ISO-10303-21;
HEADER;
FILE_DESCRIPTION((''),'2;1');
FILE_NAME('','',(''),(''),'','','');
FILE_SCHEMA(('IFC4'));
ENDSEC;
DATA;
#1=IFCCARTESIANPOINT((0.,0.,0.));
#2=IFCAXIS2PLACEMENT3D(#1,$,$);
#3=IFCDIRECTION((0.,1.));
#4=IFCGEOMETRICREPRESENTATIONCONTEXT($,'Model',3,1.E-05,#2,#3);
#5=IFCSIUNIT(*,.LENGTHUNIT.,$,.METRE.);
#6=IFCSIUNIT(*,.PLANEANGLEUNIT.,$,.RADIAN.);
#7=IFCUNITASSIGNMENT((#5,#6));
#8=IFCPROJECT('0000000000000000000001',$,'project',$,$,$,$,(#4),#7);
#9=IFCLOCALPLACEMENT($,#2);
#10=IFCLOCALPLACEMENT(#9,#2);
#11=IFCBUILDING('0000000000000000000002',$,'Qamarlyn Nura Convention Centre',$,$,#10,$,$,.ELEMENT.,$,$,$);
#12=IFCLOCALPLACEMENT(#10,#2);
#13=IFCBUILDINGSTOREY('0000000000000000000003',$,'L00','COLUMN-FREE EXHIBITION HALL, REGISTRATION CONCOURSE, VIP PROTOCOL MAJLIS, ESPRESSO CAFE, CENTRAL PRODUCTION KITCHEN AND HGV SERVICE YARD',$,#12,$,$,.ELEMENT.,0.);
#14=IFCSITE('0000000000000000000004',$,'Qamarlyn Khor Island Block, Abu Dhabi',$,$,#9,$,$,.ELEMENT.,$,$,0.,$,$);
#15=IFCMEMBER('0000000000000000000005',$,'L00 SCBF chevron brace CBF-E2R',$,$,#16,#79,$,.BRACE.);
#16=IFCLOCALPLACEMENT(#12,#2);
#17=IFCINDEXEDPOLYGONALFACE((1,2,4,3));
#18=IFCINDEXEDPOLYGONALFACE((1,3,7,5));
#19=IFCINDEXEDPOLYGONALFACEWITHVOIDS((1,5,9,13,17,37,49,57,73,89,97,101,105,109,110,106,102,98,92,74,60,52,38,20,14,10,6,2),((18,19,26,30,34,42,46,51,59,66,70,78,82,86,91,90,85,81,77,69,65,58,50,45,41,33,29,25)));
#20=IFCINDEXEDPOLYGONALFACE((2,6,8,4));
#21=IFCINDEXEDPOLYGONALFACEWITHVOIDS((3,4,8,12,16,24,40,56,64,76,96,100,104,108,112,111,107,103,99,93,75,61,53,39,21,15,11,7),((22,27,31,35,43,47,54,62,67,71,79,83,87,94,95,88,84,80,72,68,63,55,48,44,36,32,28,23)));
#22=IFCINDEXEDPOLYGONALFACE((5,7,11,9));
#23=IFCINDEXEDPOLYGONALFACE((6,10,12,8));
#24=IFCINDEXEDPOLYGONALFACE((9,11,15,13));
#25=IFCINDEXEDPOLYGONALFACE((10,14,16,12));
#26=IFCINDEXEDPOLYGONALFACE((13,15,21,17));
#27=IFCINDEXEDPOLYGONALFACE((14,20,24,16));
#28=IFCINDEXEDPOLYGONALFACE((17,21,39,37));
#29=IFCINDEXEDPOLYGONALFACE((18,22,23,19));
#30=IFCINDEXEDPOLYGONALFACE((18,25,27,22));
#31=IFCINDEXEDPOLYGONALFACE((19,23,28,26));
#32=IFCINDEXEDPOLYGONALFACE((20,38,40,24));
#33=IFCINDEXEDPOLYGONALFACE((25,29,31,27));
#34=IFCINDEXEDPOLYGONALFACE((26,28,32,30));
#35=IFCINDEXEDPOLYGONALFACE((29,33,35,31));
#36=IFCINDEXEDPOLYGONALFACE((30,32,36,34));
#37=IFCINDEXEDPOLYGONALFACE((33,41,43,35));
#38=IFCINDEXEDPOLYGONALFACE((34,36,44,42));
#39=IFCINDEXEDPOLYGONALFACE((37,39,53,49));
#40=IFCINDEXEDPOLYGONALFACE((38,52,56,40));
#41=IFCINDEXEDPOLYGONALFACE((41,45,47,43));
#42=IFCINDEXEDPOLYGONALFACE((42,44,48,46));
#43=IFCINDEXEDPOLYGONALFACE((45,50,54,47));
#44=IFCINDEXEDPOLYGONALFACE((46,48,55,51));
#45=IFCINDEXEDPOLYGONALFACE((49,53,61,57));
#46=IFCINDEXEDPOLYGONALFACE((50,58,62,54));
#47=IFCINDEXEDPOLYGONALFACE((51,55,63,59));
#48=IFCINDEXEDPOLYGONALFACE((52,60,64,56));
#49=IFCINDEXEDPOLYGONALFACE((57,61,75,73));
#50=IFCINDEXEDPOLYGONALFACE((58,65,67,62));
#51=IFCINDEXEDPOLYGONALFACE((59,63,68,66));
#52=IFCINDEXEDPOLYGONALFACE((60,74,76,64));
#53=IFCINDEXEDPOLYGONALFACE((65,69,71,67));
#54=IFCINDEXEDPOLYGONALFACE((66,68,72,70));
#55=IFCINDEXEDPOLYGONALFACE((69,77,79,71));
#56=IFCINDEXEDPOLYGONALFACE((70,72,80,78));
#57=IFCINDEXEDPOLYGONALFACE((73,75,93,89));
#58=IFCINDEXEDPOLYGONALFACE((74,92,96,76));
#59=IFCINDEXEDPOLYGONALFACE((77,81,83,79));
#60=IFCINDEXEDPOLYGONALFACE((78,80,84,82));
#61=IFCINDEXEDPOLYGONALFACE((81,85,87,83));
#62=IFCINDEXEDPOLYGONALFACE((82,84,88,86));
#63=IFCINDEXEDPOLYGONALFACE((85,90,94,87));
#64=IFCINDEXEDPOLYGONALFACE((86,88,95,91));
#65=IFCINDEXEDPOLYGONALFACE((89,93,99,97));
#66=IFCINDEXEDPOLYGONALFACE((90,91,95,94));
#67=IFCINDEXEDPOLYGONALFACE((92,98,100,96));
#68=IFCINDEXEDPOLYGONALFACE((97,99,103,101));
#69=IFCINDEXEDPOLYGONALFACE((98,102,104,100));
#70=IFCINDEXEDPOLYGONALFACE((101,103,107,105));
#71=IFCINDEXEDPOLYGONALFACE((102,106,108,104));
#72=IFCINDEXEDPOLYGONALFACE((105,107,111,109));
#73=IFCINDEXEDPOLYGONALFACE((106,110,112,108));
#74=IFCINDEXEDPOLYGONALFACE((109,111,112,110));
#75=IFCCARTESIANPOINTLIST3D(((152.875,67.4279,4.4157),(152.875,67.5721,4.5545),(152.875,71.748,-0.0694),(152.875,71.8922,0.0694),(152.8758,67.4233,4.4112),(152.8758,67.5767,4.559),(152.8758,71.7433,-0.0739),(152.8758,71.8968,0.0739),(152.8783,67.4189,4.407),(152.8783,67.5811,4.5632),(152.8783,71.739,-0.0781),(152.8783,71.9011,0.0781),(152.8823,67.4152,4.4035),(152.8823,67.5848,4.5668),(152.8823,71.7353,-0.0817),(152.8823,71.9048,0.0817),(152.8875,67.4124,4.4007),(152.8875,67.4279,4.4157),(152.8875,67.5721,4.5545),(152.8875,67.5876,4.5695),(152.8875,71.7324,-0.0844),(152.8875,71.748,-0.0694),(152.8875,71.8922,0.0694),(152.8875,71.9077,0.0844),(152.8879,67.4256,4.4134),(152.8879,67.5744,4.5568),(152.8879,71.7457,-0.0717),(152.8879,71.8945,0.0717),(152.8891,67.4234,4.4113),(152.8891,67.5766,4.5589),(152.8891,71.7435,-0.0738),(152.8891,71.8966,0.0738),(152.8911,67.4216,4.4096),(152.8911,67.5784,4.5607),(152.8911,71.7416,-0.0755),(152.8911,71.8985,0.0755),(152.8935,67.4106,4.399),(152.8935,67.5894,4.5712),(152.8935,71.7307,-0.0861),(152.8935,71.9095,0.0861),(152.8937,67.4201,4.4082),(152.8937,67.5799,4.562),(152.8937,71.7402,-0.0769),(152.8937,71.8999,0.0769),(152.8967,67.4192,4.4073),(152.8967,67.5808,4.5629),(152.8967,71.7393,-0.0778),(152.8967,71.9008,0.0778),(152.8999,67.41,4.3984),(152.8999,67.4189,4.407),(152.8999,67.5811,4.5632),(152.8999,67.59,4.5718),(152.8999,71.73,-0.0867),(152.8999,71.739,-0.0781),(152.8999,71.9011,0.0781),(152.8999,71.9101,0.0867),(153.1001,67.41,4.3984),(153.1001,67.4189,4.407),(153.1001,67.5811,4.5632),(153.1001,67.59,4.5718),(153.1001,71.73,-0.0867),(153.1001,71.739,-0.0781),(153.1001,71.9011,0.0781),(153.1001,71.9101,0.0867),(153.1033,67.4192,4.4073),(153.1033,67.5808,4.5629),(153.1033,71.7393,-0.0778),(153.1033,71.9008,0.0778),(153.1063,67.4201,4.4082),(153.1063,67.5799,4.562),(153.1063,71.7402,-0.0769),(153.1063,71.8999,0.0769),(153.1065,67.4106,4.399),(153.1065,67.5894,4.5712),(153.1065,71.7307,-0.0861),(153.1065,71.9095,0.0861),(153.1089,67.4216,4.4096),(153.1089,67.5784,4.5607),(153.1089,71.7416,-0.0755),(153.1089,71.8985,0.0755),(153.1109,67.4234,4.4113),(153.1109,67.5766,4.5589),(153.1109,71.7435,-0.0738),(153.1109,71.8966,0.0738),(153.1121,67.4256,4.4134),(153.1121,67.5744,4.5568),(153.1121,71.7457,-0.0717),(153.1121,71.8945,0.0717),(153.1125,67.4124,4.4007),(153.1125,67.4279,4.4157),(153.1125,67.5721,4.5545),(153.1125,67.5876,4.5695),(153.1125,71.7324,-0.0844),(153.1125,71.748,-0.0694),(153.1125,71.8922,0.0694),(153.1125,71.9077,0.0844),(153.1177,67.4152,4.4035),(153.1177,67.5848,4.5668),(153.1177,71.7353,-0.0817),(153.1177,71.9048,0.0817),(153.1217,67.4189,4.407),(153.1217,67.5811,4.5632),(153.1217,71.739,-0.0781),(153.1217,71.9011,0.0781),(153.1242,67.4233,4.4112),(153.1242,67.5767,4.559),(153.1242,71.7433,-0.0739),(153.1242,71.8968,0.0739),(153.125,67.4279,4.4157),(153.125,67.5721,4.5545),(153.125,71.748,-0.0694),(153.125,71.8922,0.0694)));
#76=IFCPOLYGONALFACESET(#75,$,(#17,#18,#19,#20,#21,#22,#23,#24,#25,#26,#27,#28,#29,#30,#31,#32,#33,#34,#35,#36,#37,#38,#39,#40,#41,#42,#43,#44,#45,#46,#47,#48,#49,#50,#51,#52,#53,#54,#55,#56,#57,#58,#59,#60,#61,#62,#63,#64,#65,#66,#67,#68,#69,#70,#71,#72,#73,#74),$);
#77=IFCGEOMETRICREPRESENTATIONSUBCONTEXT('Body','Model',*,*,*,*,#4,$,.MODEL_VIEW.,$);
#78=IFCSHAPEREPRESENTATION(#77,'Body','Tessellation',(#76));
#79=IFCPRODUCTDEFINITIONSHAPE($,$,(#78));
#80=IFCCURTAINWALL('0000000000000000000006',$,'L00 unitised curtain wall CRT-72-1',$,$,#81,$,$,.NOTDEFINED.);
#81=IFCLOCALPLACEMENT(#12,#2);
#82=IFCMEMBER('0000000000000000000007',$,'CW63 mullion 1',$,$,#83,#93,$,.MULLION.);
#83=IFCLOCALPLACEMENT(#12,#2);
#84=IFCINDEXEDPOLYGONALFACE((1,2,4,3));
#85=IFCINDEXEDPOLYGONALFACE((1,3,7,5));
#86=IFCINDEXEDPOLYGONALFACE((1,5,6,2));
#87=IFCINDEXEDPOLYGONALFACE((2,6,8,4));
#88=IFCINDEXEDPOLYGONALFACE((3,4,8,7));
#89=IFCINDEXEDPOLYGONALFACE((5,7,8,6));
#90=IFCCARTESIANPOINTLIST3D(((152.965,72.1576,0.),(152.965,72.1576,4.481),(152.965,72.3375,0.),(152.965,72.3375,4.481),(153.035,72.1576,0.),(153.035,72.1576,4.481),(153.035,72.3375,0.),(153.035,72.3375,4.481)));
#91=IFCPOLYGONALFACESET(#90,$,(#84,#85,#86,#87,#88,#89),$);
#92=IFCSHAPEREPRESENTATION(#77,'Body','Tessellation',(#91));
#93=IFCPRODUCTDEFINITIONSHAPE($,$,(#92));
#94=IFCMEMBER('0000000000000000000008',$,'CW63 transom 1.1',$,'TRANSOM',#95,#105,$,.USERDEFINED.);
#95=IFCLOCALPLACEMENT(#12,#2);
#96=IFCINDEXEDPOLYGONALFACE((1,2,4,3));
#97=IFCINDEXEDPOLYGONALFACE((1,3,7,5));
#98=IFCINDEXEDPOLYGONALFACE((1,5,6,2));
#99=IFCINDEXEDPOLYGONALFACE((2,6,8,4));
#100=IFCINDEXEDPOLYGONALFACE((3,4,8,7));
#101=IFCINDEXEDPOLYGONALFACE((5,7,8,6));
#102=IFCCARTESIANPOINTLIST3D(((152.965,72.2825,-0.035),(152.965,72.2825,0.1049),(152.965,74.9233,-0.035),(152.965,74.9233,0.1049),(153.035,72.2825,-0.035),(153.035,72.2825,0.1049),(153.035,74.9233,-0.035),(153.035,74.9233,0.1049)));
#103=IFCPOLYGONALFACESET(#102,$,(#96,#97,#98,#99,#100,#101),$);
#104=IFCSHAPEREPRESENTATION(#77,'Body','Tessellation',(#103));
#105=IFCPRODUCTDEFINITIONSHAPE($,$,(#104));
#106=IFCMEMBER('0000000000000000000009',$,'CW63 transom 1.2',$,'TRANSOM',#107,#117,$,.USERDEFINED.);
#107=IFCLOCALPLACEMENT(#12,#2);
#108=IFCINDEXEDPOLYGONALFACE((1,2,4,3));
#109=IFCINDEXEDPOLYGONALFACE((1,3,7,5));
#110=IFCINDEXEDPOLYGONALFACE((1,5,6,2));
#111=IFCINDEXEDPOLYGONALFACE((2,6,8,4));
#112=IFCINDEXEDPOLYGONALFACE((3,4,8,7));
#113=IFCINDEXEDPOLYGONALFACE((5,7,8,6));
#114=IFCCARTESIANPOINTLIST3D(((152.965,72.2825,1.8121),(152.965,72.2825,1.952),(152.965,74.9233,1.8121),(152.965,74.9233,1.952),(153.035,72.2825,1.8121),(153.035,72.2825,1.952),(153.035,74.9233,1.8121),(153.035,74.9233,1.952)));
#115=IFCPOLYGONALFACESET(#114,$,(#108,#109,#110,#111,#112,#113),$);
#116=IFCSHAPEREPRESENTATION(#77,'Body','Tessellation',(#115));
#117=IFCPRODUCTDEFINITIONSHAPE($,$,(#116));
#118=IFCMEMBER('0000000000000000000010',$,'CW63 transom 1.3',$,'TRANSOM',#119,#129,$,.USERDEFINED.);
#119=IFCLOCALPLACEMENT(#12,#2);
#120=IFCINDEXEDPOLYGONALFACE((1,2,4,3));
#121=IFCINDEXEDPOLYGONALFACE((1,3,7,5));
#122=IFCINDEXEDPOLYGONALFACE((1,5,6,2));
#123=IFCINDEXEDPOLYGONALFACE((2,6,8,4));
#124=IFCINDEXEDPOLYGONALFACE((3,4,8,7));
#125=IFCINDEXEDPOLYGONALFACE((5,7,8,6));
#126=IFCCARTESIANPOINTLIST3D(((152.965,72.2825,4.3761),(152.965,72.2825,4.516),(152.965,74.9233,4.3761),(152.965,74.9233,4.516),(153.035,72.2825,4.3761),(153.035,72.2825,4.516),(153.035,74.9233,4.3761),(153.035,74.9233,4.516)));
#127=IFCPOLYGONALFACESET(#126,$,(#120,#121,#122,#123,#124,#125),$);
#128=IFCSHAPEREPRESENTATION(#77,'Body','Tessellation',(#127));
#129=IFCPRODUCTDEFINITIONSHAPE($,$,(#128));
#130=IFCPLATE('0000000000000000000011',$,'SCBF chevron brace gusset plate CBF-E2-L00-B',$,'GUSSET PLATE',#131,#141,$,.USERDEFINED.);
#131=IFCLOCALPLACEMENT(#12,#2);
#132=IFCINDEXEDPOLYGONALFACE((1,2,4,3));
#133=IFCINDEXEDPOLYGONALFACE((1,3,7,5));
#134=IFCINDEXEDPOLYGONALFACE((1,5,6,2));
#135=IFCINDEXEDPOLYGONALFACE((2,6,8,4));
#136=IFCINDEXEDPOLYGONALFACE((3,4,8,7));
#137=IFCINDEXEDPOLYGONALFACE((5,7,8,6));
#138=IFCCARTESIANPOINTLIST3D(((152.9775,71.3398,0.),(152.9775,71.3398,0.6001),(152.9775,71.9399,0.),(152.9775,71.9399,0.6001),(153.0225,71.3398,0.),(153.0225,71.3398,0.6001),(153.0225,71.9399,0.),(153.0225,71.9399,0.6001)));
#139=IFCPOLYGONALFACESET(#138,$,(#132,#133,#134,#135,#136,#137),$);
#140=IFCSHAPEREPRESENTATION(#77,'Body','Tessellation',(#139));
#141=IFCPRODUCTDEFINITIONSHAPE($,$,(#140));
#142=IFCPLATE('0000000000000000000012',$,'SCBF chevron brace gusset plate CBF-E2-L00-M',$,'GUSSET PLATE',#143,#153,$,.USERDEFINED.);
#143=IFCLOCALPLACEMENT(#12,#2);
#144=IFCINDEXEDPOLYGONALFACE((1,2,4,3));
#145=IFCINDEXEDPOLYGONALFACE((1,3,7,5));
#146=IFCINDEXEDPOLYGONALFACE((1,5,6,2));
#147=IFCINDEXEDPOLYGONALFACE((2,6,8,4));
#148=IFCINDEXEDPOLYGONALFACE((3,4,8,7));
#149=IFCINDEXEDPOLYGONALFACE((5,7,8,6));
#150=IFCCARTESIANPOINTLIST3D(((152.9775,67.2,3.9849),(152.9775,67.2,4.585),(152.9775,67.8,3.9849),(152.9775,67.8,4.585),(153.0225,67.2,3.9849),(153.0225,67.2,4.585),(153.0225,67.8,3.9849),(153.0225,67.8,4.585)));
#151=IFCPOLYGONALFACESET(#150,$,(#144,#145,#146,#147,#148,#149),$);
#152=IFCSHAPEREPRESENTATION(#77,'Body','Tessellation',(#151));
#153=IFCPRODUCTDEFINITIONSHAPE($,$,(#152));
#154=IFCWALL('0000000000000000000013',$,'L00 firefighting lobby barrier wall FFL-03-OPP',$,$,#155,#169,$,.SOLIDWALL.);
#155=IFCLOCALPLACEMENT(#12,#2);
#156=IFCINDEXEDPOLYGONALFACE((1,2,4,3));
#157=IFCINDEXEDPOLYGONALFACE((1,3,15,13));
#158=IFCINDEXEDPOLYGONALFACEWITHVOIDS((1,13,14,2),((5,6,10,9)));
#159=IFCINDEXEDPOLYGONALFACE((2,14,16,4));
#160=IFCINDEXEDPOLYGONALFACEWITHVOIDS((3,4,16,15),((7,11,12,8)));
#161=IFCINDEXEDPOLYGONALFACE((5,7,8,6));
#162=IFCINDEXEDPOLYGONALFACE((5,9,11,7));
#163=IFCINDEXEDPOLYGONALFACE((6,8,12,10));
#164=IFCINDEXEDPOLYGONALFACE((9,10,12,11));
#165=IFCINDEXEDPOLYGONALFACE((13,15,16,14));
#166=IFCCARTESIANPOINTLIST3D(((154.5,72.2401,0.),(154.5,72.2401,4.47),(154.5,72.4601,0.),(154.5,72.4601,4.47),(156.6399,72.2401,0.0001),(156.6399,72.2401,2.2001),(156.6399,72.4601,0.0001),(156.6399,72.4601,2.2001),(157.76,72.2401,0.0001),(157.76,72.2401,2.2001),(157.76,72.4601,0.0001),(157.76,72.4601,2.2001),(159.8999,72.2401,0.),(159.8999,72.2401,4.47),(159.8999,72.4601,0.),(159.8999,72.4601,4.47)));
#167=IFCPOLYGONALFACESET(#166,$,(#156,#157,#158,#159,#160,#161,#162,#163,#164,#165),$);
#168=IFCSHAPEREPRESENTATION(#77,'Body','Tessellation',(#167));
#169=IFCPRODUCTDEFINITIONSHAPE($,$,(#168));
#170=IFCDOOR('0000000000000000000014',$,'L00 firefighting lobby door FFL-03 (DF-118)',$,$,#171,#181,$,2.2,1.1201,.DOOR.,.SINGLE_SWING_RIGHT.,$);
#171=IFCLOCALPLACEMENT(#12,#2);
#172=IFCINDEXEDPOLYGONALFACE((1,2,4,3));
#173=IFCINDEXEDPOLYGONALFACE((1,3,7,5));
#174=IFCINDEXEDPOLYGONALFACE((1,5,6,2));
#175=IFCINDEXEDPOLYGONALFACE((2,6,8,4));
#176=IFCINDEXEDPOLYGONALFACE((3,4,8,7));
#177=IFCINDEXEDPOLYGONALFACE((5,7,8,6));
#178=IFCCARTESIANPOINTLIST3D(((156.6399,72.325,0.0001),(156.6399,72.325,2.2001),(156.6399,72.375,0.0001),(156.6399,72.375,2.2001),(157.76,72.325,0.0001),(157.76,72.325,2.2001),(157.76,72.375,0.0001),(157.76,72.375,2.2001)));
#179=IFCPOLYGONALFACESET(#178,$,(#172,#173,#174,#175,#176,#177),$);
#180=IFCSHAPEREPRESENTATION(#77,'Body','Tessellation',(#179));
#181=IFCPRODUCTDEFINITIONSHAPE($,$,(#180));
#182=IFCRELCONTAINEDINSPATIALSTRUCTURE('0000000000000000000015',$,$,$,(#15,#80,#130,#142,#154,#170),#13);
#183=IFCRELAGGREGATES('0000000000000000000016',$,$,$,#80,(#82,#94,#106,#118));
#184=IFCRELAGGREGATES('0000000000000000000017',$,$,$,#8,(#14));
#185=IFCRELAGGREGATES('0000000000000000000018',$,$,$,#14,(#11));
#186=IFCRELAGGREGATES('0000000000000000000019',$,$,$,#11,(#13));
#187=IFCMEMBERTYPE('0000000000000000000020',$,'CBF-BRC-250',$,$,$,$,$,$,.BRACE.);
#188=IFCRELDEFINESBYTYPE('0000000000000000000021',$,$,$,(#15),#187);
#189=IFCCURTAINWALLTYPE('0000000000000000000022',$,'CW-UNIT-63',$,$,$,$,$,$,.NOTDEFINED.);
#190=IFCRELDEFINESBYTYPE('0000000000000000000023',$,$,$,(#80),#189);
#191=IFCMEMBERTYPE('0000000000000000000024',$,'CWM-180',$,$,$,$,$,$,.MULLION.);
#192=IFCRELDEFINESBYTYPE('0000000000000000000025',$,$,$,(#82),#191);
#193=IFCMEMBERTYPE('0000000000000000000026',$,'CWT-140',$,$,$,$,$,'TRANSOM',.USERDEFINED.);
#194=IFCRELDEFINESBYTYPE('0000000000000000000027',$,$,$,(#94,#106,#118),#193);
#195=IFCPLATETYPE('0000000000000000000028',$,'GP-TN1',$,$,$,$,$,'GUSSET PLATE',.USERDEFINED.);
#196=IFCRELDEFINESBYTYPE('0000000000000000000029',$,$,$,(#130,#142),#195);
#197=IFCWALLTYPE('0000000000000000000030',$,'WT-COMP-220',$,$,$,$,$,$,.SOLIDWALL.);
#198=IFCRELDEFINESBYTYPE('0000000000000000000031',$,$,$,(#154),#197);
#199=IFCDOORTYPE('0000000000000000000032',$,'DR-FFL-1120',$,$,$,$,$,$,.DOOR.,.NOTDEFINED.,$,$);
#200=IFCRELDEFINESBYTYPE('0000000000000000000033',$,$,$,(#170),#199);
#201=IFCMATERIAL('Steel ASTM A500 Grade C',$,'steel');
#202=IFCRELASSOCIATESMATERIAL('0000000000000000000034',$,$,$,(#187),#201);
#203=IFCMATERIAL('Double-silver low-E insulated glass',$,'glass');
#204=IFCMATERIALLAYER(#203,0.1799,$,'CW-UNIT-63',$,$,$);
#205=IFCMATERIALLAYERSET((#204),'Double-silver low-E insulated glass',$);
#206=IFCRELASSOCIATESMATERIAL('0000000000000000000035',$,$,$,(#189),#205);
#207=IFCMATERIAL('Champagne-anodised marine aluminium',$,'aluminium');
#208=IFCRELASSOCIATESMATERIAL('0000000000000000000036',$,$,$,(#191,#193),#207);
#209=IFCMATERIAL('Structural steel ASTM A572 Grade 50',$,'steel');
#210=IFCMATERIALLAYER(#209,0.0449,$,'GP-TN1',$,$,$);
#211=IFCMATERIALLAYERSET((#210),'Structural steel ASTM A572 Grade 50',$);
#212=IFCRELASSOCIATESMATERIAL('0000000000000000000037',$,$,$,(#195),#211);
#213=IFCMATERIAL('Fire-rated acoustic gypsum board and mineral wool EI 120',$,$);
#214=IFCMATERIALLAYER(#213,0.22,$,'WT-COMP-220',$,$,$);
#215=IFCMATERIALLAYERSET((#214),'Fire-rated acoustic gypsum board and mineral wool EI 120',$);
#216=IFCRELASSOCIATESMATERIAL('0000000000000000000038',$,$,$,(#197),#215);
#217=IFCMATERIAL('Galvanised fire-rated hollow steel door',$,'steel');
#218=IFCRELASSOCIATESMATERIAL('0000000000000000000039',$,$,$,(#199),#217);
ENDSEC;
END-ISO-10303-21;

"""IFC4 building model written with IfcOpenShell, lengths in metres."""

from ifc_helpers import new_model, si_unit, direction, frame, frame_2d, origin, origin_2d, place, context, subcontext, project, spatial, rectangle, hollow_rectangle, extrude, material, layer, layer_set, material_profile, profile_set, type_object, element, fill, aggregate, save


model = new_model("IFC4")

# Units and contexts
model_context = context("Model", 3, precision=1e-05, world=origin(), true_north=direction((0.0, 1.0)))
body_context = subcontext(model_context, "Body", "Model", "MODEL_VIEW")
ifc_project = project(units=[si_unit("LENGTHUNIT", "METRE"), si_unit("PLANEANGLEUNIT", "RADIAN")], contexts=[model_context])

# Site, building, storey
site_placement = place(None, origin())
site = spatial("IfcSite", under=ifc_project, at=site_placement, Name="Qamarlyn Khor Island Block, Abu Dhabi", CompositionType="ELEMENT", RefElevation=0.0)
building_placement = place(site_placement, origin())
building = spatial("IfcBuilding", under=site, at=building_placement, Name="Qamarlyn Nura Convention Centre", CompositionType="ELEMENT")
storey_placement = place(building_placement, origin())
storey = spatial("IfcBuildingStorey", under=building, at=storey_placement, Name="L00", Description="COLUMN-FREE EXHIBITION HALL, REGISTRATION CONCOURSE, VIP PROTOCOL MAJLIS, ESPRESSO CAFE, CENTRAL PRODUCTION KITCHEN AND HGV SERVICE YARD", CompositionType="ELEMENT", Elevation=0.0)

# Member
ifc_material_1 = material(Name="Steel ASTM A500 Grade C", Category="steel")
ifc_material_profile_1 = material_profile(ifc_material_1, hollow_rectangle(XDim=0.25, YDim=0.25, WallThickness=0.0125, InnerFilletRadius=0.0125, OuterFilletRadius=0.0249, at=origin_2d()), Name="HSS250X250X12.5")
ifc_profile_set_1 = profile_set([ifc_material_profile_1], Name="Steel ASTM A500 Grade C")
member_type_1 = type_object("IfcMemberType", Name="CBF-BRC-250", PredefinedType="BRACE", material=ifc_profile_set_1)
member_1_placement = place(storey_placement, frame((153.0, 71.8201, 0.0), z_axis=(0.0, -0.693731, 0.720234), x_axis=(1.0, 0.0, 0.0)))
element("IfcMember", 1, at=member_1_placement, inside=storey, type_object=member_type_1, Name="L00 SCBF chevron brace CBF-E2R", PredefinedType="BRACE", context=body_context, shape_type="SweptSolid", body=[
    extrude(hollow_rectangle(XDim=0.25, YDim=0.25, WallThickness=0.0125, InnerFilletRadius=0.0125, OuterFilletRadius=0.0249, at=origin_2d()), origin(), (0.0, 0.0, 1.0), 6.2273),
])

# Curtain wall, members
ifc_material_2 = material(Name="Double-silver low-E insulated glass", Category="glass")
ifc_layer_1 = layer(ifc_material_2, 0.1799, Name="CW-UNIT-63")
ifc_layer_set_1 = layer_set([ifc_layer_1], Name="Double-silver low-E insulated glass")
curtain_wall_type = type_object("IfcCurtainWallType", Name="CW-UNIT-63", PredefinedType="NOTDEFINED", material=ifc_layer_set_1)
curtain_wall_placement = place(storey_placement, origin())
curtain_wall = element("IfcCurtainWall", 2, at=curtain_wall_placement, inside=storey, type_object=curtain_wall_type, Name="L00 unitised curtain wall CRT-72-1", PredefinedType="NOTDEFINED")
ifc_material_3 = material(Name="Champagne-anodised marine aluminium", Category="aluminium")
ifc_material_profile_2 = material_profile(ifc_material_3, rectangle(XDim=0.0701, YDim=0.1799, at=origin_2d()), Name="ALU MULLION 70x180")
ifc_profile_set_2 = profile_set([ifc_material_profile_2], Name="Champagne-anodised marine aluminium")
member_type_2 = type_object("IfcMemberType", Name="CWM-180", PredefinedType="MULLION", material=ifc_profile_set_2)
member_2_placement = place(storey_placement, frame((153.0, 72.2476, 0.0), z_axis=(0.0, 0.0, 1.0), x_axis=(-1.0, 0.0, 0.0)))
member_2 = element("IfcMember", 3, at=member_2_placement, type_object=member_type_2, Name="CW63 mullion 1", PredefinedType="MULLION", context=body_context, shape_type="SweptSolid", body=[
    extrude(rectangle(XDim=0.0701, YDim=0.1799, at=origin_2d()), origin(), (0.0, 0.0, 1.0), 4.481),
])
ifc_material_profile_3 = material_profile(ifc_material_3, rectangle(XDim=0.0701, YDim=0.1399, at=origin_2d()), Name="ALU TRANSOM 70x140")
ifc_profile_set_3 = profile_set([ifc_material_profile_3], Name="Champagne-anodised marine aluminium")
member_type_3 = type_object("IfcMemberType", Name="CWT-140", ElementType="TRANSOM", PredefinedType="USERDEFINED", material=ifc_profile_set_3)
member_3_placement = place(storey_placement, frame((153.0, 72.2825, 0.0349), z_axis=(0.0, 1.0, 0.0), x_axis=(-1.0, 0.0, 0.0)))
member_3 = element("IfcMember", 4, at=member_3_placement, type_object=member_type_3, Name="CW63 transom 1.1", ObjectType="TRANSOM", PredefinedType="USERDEFINED", context=body_context, shape_type="SweptSolid", body=[
    extrude(rectangle(XDim=0.0701, YDim=0.1399, at=origin_2d()), origin(), (0.0, 0.0, 1.0), 2.6409),
])
member_4_placement = place(storey_placement, frame((153.0, 72.2825, 1.8821), z_axis=(0.0, 1.0, 0.0), x_axis=(-1.0, 0.0, 0.0)))
member_4 = element("IfcMember", 5, at=member_4_placement, type_object=member_type_3, Name="CW63 transom 1.2", ObjectType="TRANSOM", PredefinedType="USERDEFINED", context=body_context, shape_type="SweptSolid", body=[
    extrude(rectangle(XDim=0.0701, YDim=0.1399, at=origin_2d()), origin(), (0.0, 0.0, 1.0), 2.6409),
])
member_5_placement = place(storey_placement, frame((153.0, 72.2825, 4.446), z_axis=(0.0, 1.0, 0.0), x_axis=(-1.0, 0.0, 0.0)))
member_5 = element("IfcMember", 6, at=member_5_placement, type_object=member_type_3, Name="CW63 transom 1.3", ObjectType="TRANSOM", PredefinedType="USERDEFINED", context=body_context, shape_type="SweptSolid", body=[
    extrude(rectangle(XDim=0.0701, YDim=0.1399, at=origin_2d()), origin(), (0.0, 0.0, 1.0), 2.6409),
])
aggregate(curtain_wall, [member_2, member_3, member_4, member_5])

# Plates
ifc_material_4 = material(Name="Structural steel ASTM A572 Grade 50", Category="steel")
ifc_layer_2 = layer(ifc_material_4, 0.0449, Name="GP-TN1")
ifc_layer_set_2 = layer_set([ifc_layer_2], Name="Structural steel ASTM A572 Grade 50")
plate_type = type_object("IfcPlateType", Name="GP-TN1", ElementType="GUSSET PLATE", PredefinedType="USERDEFINED", material=ifc_layer_set_2)
for number, where, z_axis, x_axis, name in (
    (7, (153.0, 71.6399, 0.0), (0.0, 0.0, 1.0), (0.0, 1.0, 0.0), "SCBF chevron brace gusset plate CBF-E2-L00-B"),
    (8, (153.0, 67.5, 3.9849), (0.0, 0.0, 1.0), (0.0, 1.0, 0.0), "SCBF chevron brace gusset plate CBF-E2-L00-M"),
):
    element("IfcPlate", number, at=place(storey_placement, frame(where, z_axis=z_axis, x_axis=x_axis)), inside=storey, type_object=plate_type, Name=name, ObjectType="GUSSET PLATE", PredefinedType="USERDEFINED", context=body_context, shape_type="SweptSolid", body=[
        extrude(rectangle(XDim=0.6001, YDim=0.0449, at=origin_2d()), origin(), (0.0, 0.0, 1.0), 0.6001),
    ])

# Wall, opening, door
ifc_material_5 = material(Name="Fire-rated acoustic gypsum board and mineral wool EI 120")
ifc_layer_3 = layer(ifc_material_5, 0.22, Name="WT-COMP-220")
ifc_layer_set_3 = layer_set([ifc_layer_3], Name="Fire-rated acoustic gypsum board and mineral wool EI 120")
wall_type_1 = type_object("IfcWallType", Name="WT-COMP-220", PredefinedType="SOLIDWALL", material=ifc_layer_set_3)
wall_1_placement = place(storey_placement, frame((154.5, 72.3501, 0.0), z_axis=(0.0, 0.0, 1.0), x_axis=(1.0, 0.0, 0.0)))
wall_1 = element("IfcWall", 9, at=wall_1_placement, inside=storey, type_object=wall_type_1, Name="L00 firefighting lobby barrier wall FFL-03-OPP", PredefinedType="SOLIDWALL", context=body_context, shape_type="SweptSolid", body=[
    extrude(rectangle(XDim=5.3999, YDim=0.22, at=frame_2d((2.7, 0.0))), origin(), (0.0, 0.0, 1.0), 4.47),
])
opening_1_placement = place(wall_1_placement, frame((2.1399, 0.0, 0.0)))
opening_1 = element("IfcOpeningElement", 10, at=opening_1_placement, cuts=wall_1, PredefinedType="OPENING", context=body_context, shape_type="SweptSolid", body=[
    extrude(rectangle(XDim=1.1201, YDim=2.2, at=frame_2d((0.5601, 1.1001))), frame((0.0, 0.1201, 0.0), z_axis=(0.0, -1.0, 0.0), x_axis=(1.0, 0.0, 0.0)), (0.0, 0.0, 1.0), 0.24),
])
ifc_material_6 = material(Name="Galvanised fire-rated hollow steel door", Category="steel")
door_type_1 = type_object("IfcDoorType", Name="DR-FFL-1120", OperationType="NOTDEFINED", PredefinedType="DOOR", material=ifc_material_6)
door_1_placement = place(opening_1_placement, origin())
door_1 = element("IfcDoor", 11, at=door_1_placement, inside=storey, type_object=door_type_1, Name="L00 firefighting lobby door FFL-03 (DF-118)", OperationType="SINGLE_SWING_RIGHT", OverallHeight=2.2, OverallWidth=1.1201, PredefinedType="DOOR", context=body_context, shape_type="SweptSolid", body=[
    extrude(rectangle(XDim=1.1201, YDim=2.2, at=frame_2d((0.5601, 1.1001))), frame((0.0, 0.0249, 0.0), z_axis=(0.0, -1.0, 0.0), x_axis=(1.0, 0.0, 0.0)), (0.0, 0.0, 1.0), 0.05),
])
fill(opening_1, door_1)

save(model, "model.ifc")
